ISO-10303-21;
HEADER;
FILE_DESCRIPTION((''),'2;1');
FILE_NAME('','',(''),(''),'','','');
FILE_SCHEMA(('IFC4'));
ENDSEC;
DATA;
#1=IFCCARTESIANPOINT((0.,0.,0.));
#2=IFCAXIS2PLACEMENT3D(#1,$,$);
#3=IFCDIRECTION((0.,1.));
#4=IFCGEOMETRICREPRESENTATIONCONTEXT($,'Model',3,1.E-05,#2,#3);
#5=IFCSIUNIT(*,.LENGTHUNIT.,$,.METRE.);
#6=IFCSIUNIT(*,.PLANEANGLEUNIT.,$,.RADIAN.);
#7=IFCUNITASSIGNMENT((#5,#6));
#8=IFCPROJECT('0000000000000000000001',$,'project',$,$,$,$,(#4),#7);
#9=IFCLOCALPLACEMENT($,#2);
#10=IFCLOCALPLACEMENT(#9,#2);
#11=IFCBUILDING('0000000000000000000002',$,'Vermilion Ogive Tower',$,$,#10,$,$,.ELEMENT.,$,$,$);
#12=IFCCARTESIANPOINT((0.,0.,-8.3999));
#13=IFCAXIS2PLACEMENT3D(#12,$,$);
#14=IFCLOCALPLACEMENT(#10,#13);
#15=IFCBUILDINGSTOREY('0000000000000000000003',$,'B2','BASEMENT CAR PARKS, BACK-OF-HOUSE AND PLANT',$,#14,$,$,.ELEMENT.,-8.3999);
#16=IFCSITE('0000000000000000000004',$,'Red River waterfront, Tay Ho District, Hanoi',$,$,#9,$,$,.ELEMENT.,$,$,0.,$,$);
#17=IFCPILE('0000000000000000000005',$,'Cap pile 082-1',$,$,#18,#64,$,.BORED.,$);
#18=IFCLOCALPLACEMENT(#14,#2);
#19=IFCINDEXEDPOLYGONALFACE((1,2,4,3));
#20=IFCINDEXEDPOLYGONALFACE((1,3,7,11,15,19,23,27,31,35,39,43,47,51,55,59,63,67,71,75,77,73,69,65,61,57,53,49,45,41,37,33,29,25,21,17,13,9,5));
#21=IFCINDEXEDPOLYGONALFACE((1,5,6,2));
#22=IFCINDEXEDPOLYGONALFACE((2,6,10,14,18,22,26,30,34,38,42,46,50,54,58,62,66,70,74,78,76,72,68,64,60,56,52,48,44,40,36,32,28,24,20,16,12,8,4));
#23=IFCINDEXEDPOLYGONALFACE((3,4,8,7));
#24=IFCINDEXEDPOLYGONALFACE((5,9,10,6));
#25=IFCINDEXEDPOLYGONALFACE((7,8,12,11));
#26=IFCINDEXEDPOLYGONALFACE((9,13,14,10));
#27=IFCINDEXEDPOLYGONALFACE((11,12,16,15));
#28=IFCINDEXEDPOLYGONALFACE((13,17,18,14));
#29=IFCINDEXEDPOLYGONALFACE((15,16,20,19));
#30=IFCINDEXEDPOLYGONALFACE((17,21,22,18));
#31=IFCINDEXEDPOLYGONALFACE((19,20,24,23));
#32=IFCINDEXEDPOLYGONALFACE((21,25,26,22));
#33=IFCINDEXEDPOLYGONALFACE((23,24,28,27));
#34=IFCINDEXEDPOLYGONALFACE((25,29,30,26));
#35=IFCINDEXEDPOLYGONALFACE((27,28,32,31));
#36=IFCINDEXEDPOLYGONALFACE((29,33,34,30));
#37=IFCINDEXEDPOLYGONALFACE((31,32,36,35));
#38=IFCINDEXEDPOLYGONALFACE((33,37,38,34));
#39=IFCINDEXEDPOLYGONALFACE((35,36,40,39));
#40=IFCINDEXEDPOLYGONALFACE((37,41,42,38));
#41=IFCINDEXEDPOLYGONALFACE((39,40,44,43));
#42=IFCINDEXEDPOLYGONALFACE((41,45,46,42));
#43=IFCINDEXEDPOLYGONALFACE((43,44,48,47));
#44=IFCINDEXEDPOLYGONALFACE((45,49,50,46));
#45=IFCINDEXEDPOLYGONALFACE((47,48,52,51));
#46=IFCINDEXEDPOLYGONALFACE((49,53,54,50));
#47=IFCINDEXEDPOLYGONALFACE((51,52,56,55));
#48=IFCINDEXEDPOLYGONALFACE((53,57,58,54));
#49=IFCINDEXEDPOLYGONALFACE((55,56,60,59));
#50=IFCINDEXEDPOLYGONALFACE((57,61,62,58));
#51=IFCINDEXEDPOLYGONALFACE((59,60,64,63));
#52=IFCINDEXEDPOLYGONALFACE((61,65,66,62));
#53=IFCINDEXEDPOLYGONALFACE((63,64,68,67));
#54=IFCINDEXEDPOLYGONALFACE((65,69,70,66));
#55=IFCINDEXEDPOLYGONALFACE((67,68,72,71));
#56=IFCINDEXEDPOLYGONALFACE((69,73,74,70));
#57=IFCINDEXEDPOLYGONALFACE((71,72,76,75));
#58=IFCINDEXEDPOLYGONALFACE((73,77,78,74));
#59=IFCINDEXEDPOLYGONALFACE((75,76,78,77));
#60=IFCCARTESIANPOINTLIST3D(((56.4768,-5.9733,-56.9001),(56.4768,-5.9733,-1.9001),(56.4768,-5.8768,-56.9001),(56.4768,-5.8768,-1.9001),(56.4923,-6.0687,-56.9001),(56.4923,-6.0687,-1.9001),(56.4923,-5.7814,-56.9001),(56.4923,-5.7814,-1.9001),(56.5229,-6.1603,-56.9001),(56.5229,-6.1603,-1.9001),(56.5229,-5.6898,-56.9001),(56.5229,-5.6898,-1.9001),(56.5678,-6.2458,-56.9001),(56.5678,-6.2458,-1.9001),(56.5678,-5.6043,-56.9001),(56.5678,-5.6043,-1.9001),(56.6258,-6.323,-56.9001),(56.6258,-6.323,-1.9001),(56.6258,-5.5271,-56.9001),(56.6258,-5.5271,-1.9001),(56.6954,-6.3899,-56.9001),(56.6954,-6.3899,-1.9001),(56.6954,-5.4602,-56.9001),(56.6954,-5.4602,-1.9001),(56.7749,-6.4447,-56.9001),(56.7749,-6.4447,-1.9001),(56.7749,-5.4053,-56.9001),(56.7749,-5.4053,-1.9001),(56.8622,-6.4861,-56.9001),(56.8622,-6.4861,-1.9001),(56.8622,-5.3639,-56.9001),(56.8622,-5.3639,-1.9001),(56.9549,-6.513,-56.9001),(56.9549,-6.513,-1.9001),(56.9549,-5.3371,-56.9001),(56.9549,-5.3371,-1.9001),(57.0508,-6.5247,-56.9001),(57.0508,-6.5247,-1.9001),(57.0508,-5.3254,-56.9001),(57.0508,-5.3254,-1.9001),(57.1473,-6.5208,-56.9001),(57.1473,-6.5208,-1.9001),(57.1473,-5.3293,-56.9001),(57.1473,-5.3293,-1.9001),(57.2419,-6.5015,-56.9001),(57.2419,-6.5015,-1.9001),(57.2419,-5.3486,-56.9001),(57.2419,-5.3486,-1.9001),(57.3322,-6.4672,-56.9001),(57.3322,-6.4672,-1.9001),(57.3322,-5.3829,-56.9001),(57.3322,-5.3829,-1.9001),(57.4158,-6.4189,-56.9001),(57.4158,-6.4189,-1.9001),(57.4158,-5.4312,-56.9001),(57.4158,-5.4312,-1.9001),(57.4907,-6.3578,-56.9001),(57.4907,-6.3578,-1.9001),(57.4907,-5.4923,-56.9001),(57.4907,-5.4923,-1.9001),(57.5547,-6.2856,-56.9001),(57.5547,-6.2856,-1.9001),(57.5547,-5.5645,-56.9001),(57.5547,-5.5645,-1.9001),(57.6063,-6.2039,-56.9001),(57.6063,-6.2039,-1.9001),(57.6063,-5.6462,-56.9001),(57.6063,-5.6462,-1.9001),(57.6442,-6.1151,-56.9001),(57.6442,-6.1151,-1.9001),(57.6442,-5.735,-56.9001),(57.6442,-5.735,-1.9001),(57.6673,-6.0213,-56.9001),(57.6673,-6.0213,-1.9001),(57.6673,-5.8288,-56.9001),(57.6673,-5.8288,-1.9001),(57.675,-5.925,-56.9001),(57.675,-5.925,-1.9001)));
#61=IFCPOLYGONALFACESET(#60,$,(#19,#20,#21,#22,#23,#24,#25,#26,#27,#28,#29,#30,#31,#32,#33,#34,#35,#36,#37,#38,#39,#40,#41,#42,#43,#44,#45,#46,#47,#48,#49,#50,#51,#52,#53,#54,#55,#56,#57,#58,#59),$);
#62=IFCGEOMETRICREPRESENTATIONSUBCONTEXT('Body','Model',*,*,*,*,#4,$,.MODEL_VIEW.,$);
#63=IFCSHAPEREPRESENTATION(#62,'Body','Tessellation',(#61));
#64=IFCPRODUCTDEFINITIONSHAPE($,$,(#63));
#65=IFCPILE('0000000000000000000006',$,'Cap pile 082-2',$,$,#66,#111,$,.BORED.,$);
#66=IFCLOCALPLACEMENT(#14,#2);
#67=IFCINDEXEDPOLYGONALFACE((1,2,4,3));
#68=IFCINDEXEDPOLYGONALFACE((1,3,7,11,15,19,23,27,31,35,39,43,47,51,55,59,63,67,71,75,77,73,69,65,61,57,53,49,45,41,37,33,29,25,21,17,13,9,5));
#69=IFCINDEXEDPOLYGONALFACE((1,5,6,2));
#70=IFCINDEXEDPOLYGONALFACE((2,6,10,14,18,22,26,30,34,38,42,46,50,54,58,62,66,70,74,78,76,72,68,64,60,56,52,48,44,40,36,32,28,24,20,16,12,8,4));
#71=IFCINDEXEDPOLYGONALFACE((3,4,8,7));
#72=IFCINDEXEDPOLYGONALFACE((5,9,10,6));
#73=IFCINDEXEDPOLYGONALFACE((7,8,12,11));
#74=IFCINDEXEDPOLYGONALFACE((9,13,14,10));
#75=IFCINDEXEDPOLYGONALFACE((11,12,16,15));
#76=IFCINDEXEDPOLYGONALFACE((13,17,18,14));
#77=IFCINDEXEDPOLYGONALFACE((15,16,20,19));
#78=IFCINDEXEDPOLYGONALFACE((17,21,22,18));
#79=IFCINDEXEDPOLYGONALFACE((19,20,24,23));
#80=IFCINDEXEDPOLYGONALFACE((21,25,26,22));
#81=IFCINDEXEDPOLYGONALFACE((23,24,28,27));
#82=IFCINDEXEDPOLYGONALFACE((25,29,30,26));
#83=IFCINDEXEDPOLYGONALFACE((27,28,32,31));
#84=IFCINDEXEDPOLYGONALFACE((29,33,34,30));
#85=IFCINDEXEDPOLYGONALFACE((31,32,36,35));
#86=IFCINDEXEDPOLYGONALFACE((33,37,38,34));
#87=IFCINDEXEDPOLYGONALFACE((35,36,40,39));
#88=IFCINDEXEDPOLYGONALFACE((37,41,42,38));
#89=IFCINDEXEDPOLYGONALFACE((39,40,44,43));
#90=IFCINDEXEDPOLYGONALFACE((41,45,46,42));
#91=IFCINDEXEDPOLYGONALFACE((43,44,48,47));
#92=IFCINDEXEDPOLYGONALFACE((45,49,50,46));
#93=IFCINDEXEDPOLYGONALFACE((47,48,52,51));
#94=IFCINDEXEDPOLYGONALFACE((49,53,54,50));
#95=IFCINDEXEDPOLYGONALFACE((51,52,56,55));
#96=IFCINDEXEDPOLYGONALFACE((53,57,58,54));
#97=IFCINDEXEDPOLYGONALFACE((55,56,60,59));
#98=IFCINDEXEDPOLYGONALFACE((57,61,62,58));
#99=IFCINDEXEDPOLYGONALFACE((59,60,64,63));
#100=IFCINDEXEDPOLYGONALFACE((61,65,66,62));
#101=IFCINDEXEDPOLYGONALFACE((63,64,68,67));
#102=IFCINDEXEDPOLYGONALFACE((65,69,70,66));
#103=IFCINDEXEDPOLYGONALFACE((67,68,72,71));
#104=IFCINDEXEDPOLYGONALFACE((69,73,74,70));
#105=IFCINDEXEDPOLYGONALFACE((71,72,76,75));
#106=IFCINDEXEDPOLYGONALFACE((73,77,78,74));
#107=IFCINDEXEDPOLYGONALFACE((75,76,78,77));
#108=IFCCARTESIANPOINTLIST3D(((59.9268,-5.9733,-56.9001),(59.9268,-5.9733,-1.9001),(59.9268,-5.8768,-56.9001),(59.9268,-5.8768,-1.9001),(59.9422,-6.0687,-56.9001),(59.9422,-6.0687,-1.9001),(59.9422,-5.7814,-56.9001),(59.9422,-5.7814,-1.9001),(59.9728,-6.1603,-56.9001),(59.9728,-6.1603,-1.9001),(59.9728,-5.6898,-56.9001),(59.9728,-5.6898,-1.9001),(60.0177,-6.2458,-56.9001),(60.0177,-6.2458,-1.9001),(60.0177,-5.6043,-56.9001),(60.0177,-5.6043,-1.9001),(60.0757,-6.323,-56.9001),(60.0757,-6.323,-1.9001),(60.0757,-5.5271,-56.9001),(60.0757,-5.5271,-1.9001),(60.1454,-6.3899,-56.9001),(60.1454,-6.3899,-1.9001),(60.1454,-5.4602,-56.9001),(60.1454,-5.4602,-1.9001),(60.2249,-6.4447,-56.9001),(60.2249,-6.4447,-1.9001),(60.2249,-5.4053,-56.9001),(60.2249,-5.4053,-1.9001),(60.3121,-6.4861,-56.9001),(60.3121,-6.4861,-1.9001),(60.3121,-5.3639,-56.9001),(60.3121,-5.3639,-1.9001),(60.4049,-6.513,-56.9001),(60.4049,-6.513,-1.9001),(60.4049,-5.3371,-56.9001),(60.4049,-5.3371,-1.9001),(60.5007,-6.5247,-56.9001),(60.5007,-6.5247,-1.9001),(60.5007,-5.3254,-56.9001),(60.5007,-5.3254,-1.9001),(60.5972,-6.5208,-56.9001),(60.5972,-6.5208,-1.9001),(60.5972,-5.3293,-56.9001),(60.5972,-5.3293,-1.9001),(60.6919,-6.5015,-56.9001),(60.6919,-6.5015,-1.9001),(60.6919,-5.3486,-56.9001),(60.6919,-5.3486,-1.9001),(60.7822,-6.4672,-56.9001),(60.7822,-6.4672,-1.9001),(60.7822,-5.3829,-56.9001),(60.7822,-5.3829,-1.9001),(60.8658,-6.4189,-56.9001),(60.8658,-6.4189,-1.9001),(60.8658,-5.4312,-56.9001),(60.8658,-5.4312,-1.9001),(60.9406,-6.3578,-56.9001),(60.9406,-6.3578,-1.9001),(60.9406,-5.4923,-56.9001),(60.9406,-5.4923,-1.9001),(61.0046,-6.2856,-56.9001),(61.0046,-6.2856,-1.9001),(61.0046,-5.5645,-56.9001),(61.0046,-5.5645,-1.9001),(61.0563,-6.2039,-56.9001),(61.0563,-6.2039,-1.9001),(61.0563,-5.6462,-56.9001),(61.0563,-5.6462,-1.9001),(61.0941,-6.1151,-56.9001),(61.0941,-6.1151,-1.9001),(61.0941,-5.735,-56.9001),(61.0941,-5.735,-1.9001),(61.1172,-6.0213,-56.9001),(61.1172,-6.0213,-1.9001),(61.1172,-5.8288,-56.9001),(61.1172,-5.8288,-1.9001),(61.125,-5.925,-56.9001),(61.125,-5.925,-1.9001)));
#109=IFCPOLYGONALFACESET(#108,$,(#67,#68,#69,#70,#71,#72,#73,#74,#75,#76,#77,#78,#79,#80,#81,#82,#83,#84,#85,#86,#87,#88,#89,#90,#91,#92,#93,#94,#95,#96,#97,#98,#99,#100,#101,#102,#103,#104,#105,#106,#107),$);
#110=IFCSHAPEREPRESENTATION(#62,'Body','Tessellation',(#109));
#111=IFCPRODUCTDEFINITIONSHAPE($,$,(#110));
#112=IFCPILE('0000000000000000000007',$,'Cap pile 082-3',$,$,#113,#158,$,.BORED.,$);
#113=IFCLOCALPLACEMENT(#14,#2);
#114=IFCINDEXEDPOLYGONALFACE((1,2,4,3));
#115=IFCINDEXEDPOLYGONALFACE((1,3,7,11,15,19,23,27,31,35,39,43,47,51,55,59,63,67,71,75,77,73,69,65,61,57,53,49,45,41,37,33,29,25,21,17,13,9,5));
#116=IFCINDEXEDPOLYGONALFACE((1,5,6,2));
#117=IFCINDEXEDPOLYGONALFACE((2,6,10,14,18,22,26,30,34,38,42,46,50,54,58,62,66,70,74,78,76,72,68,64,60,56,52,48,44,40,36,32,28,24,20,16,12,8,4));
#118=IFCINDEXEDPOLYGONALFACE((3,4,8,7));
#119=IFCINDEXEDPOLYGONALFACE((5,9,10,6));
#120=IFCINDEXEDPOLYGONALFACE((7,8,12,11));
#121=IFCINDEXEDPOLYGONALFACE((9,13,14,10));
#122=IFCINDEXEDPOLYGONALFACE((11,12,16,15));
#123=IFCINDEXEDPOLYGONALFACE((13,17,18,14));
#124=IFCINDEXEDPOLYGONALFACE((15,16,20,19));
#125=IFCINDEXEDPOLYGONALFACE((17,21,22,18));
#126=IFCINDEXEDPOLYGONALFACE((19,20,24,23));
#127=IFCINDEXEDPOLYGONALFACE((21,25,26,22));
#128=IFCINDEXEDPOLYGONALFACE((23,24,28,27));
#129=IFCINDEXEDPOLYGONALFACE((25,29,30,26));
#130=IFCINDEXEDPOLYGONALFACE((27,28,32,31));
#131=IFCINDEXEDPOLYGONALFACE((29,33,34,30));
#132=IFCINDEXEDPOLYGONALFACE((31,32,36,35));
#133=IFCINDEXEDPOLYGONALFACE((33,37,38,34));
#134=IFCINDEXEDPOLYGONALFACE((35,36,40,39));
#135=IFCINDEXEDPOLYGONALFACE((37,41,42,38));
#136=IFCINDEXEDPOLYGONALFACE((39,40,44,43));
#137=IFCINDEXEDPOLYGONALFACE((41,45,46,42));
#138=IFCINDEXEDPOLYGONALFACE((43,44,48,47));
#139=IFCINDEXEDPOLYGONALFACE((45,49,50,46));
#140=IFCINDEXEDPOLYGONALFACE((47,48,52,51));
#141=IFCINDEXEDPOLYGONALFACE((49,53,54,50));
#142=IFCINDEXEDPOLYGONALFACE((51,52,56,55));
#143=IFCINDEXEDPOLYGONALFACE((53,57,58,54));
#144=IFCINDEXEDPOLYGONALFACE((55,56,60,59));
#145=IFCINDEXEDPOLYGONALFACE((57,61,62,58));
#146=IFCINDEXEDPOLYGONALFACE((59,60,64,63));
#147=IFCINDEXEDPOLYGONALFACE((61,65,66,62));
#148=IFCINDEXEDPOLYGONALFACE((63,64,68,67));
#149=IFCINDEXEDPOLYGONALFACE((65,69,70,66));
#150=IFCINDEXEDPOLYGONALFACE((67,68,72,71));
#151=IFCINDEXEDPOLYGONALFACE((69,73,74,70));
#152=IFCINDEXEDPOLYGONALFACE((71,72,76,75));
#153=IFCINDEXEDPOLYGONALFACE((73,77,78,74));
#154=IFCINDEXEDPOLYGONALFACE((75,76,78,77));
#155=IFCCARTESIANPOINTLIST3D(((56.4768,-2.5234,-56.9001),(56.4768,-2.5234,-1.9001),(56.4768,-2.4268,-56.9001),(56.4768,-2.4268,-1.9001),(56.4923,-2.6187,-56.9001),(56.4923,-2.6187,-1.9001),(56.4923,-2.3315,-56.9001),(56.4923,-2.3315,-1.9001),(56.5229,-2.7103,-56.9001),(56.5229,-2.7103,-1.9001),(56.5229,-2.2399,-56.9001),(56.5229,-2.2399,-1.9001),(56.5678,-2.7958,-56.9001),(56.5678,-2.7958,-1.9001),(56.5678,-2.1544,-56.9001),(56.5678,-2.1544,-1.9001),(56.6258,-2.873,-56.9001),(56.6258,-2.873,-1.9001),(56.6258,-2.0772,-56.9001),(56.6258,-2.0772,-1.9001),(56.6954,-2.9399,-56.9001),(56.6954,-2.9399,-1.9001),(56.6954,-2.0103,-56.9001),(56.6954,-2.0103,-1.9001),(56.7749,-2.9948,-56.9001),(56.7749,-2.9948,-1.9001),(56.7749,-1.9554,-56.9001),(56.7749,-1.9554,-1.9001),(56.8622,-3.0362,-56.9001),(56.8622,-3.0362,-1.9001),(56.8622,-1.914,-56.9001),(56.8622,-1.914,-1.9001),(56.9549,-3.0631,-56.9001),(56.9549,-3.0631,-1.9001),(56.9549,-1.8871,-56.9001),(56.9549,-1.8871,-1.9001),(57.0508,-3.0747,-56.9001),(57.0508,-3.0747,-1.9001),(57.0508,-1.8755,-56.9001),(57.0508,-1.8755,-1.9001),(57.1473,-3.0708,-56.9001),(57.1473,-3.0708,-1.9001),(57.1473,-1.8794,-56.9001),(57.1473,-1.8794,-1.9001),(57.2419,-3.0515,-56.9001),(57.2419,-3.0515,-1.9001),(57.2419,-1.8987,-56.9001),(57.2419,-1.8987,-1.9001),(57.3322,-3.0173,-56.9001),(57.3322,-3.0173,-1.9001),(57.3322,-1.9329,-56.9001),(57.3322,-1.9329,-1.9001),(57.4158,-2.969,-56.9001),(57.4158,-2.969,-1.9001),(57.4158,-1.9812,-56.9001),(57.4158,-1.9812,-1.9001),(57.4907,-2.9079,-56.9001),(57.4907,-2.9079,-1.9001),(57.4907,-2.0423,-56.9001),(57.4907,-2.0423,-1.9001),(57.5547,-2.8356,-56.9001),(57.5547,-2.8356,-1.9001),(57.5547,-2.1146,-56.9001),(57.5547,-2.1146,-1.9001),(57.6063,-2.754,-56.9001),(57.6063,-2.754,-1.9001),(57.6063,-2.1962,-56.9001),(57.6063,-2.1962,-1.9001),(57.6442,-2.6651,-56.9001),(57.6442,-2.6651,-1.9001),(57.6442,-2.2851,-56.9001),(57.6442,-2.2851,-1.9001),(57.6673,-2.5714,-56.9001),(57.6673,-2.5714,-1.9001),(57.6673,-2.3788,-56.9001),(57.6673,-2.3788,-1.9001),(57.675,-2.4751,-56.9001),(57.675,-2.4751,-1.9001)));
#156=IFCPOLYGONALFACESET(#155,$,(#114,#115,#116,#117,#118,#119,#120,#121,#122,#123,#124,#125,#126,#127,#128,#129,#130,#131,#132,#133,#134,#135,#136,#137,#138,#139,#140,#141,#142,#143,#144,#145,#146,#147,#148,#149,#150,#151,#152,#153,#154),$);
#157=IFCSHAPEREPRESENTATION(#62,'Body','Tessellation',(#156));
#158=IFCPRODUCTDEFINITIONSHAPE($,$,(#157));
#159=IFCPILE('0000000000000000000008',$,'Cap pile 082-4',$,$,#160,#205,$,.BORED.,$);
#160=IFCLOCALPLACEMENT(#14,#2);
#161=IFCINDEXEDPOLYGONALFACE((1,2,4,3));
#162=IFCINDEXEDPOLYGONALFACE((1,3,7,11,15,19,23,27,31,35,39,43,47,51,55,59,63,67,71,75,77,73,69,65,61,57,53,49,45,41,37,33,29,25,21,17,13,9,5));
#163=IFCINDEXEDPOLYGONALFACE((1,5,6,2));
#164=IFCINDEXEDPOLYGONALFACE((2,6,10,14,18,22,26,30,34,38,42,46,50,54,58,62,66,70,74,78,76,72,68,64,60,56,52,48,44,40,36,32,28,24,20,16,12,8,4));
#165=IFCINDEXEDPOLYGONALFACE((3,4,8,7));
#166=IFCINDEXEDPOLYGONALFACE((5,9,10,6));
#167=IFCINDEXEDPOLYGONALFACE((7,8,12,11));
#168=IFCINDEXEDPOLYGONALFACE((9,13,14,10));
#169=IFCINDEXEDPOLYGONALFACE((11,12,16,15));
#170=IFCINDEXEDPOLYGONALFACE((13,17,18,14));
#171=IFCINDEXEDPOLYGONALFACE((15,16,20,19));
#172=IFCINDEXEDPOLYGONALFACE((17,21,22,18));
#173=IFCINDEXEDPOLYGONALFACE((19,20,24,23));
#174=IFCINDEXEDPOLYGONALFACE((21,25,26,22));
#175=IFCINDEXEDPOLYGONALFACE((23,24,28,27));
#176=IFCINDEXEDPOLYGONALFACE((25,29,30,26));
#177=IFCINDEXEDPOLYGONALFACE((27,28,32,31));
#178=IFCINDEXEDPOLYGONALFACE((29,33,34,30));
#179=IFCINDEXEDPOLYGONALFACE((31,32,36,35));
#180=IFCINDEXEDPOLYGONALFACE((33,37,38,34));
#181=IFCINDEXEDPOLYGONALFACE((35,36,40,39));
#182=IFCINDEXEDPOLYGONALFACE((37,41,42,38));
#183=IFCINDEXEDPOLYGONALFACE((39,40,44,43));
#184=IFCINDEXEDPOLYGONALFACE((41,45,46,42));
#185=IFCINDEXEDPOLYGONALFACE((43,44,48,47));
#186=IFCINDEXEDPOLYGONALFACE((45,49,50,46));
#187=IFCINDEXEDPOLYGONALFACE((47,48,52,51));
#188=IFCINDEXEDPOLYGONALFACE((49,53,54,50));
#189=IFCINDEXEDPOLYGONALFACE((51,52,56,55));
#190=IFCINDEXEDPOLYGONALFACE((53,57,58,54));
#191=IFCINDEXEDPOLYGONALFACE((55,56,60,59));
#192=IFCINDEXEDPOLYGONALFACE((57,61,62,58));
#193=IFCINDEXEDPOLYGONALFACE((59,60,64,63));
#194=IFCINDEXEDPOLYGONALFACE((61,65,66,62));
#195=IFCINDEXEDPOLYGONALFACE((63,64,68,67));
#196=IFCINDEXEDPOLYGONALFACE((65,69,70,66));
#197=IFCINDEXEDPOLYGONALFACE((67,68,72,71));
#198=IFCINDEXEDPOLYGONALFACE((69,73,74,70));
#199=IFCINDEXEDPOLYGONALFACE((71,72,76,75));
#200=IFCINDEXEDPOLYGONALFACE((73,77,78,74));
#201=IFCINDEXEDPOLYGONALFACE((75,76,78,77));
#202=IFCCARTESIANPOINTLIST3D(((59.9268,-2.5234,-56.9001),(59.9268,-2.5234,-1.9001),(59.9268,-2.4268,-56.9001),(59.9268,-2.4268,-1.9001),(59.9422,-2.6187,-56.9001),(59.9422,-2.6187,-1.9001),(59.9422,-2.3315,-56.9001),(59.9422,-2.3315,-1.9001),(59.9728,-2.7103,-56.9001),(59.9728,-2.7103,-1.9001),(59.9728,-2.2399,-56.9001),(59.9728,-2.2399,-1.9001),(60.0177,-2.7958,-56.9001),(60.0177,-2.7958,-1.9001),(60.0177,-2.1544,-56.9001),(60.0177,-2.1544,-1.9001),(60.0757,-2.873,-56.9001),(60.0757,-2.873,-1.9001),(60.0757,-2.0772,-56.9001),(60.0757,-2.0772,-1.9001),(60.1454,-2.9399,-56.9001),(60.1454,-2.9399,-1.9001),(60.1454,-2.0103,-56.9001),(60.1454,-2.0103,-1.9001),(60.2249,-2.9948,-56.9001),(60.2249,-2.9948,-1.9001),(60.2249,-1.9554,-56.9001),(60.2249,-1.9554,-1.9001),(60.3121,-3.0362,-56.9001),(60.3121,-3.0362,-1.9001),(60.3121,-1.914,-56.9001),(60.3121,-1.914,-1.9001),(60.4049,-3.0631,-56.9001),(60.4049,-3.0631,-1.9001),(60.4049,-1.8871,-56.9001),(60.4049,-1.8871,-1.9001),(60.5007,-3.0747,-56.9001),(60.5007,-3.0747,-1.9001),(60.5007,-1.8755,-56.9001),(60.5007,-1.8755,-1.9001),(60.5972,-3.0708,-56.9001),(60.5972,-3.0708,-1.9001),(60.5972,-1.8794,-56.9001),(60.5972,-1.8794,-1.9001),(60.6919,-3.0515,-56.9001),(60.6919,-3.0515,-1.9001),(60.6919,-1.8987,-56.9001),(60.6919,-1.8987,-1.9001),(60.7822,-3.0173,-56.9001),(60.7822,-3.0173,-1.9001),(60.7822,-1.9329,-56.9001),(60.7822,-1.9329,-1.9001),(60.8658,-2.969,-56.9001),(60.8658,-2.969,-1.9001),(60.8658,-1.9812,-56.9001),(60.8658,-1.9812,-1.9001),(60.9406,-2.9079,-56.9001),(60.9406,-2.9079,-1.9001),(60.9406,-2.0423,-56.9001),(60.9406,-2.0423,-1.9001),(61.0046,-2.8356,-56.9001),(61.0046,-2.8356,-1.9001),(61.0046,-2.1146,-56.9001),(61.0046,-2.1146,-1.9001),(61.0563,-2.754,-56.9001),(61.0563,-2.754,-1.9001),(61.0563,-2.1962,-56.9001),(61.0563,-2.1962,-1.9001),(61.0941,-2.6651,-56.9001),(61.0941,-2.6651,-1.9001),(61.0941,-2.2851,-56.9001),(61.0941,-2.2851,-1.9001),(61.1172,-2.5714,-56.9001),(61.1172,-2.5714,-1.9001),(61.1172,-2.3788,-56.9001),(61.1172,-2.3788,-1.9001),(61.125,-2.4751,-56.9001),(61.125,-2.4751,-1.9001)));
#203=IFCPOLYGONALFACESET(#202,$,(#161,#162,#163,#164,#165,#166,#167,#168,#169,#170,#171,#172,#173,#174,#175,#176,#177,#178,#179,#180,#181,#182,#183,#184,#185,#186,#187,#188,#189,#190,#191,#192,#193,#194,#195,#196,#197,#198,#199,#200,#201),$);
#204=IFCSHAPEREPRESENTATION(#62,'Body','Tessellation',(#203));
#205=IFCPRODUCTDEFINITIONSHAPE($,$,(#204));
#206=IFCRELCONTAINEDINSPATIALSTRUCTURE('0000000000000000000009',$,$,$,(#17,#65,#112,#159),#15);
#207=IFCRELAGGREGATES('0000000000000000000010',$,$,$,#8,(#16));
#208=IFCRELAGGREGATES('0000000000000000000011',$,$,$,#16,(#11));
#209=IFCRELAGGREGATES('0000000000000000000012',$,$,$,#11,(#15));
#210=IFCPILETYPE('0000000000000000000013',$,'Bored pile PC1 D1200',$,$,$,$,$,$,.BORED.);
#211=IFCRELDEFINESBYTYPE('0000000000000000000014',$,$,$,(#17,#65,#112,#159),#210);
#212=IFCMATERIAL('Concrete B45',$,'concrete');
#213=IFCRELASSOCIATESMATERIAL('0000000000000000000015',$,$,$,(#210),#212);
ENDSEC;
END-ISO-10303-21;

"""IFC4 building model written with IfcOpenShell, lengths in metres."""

from ifc_helpers import new_model, si_unit, direction, frame, origin, origin_2d, place, context, subcontext, project, spatial, circle, extrude, material, type_object, element, save


model = new_model("IFC4")

# Units and contexts
model_context = context("Model", 3, precision=1e-05, world=origin(), true_north=direction((0.0, 1.0)))
body_context = subcontext(model_context, "Body", "Model", "MODEL_VIEW")
ifc_project = project(units=[si_unit("LENGTHUNIT", "METRE"), si_unit("PLANEANGLEUNIT", "RADIAN")], contexts=[model_context])

# Site, building, storey
site_placement = place(None, origin())
site = spatial("IfcSite", under=ifc_project, at=site_placement, Name="Red River waterfront, Tay Ho District, Hanoi", CompositionType="ELEMENT", RefElevation=0.0)
building_placement = place(site_placement, origin())
building = spatial("IfcBuilding", under=site, at=building_placement, Name="Vermilion Ogive Tower", CompositionType="ELEMENT")
storey_placement = place(building_placement, frame((0.0, 0.0, -8.3999)))
storey = spatial("IfcBuildingStorey", under=building, at=storey_placement, Name="B2", Description="BASEMENT CAR PARKS, BACK-OF-HOUSE AND PLANT", CompositionType="ELEMENT", Elevation=-8.3999)

# Piles
ifc_material_1 = material(Name="Concrete B45", Category="concrete")
pile_type = type_object("IfcPileType", Name="Bored pile PC1 D1200", PredefinedType="BORED", material=ifc_material_1)
for number, where, z_axis, x_axis, name in (
    (1, (57.075, -5.925, -1.9001), (0.0, 0.0, -1.0), (1.0, 0.0, 0.0), "Cap pile 082-1"),
    (2, (60.5249, -5.925, -1.9001), (0.0, 0.0, -1.0), (1.0, 0.0, 0.0), "Cap pile 082-2"),
    (3, (57.075, -2.4751, -1.9001), (0.0, 0.0, -1.0), (1.0, 0.0, 0.0), "Cap pile 082-3"),
    (4, (60.5249, -2.4751, -1.9001), (0.0, 0.0, -1.0), (1.0, 0.0, 0.0), "Cap pile 082-4"),
):
    element("IfcPile", number, at=place(storey_placement, frame(where, z_axis=z_axis, x_axis=x_axis)), inside=storey, type_object=pile_type, Name=name, PredefinedType="BORED", context=body_context, shape_type="SweptSolid", body=[
        extrude(circle(Radius=0.6001, at=origin_2d()), origin(), (0.0, 0.0, 1.0), 55.0),
    ])

save(model, "model.ifc")
